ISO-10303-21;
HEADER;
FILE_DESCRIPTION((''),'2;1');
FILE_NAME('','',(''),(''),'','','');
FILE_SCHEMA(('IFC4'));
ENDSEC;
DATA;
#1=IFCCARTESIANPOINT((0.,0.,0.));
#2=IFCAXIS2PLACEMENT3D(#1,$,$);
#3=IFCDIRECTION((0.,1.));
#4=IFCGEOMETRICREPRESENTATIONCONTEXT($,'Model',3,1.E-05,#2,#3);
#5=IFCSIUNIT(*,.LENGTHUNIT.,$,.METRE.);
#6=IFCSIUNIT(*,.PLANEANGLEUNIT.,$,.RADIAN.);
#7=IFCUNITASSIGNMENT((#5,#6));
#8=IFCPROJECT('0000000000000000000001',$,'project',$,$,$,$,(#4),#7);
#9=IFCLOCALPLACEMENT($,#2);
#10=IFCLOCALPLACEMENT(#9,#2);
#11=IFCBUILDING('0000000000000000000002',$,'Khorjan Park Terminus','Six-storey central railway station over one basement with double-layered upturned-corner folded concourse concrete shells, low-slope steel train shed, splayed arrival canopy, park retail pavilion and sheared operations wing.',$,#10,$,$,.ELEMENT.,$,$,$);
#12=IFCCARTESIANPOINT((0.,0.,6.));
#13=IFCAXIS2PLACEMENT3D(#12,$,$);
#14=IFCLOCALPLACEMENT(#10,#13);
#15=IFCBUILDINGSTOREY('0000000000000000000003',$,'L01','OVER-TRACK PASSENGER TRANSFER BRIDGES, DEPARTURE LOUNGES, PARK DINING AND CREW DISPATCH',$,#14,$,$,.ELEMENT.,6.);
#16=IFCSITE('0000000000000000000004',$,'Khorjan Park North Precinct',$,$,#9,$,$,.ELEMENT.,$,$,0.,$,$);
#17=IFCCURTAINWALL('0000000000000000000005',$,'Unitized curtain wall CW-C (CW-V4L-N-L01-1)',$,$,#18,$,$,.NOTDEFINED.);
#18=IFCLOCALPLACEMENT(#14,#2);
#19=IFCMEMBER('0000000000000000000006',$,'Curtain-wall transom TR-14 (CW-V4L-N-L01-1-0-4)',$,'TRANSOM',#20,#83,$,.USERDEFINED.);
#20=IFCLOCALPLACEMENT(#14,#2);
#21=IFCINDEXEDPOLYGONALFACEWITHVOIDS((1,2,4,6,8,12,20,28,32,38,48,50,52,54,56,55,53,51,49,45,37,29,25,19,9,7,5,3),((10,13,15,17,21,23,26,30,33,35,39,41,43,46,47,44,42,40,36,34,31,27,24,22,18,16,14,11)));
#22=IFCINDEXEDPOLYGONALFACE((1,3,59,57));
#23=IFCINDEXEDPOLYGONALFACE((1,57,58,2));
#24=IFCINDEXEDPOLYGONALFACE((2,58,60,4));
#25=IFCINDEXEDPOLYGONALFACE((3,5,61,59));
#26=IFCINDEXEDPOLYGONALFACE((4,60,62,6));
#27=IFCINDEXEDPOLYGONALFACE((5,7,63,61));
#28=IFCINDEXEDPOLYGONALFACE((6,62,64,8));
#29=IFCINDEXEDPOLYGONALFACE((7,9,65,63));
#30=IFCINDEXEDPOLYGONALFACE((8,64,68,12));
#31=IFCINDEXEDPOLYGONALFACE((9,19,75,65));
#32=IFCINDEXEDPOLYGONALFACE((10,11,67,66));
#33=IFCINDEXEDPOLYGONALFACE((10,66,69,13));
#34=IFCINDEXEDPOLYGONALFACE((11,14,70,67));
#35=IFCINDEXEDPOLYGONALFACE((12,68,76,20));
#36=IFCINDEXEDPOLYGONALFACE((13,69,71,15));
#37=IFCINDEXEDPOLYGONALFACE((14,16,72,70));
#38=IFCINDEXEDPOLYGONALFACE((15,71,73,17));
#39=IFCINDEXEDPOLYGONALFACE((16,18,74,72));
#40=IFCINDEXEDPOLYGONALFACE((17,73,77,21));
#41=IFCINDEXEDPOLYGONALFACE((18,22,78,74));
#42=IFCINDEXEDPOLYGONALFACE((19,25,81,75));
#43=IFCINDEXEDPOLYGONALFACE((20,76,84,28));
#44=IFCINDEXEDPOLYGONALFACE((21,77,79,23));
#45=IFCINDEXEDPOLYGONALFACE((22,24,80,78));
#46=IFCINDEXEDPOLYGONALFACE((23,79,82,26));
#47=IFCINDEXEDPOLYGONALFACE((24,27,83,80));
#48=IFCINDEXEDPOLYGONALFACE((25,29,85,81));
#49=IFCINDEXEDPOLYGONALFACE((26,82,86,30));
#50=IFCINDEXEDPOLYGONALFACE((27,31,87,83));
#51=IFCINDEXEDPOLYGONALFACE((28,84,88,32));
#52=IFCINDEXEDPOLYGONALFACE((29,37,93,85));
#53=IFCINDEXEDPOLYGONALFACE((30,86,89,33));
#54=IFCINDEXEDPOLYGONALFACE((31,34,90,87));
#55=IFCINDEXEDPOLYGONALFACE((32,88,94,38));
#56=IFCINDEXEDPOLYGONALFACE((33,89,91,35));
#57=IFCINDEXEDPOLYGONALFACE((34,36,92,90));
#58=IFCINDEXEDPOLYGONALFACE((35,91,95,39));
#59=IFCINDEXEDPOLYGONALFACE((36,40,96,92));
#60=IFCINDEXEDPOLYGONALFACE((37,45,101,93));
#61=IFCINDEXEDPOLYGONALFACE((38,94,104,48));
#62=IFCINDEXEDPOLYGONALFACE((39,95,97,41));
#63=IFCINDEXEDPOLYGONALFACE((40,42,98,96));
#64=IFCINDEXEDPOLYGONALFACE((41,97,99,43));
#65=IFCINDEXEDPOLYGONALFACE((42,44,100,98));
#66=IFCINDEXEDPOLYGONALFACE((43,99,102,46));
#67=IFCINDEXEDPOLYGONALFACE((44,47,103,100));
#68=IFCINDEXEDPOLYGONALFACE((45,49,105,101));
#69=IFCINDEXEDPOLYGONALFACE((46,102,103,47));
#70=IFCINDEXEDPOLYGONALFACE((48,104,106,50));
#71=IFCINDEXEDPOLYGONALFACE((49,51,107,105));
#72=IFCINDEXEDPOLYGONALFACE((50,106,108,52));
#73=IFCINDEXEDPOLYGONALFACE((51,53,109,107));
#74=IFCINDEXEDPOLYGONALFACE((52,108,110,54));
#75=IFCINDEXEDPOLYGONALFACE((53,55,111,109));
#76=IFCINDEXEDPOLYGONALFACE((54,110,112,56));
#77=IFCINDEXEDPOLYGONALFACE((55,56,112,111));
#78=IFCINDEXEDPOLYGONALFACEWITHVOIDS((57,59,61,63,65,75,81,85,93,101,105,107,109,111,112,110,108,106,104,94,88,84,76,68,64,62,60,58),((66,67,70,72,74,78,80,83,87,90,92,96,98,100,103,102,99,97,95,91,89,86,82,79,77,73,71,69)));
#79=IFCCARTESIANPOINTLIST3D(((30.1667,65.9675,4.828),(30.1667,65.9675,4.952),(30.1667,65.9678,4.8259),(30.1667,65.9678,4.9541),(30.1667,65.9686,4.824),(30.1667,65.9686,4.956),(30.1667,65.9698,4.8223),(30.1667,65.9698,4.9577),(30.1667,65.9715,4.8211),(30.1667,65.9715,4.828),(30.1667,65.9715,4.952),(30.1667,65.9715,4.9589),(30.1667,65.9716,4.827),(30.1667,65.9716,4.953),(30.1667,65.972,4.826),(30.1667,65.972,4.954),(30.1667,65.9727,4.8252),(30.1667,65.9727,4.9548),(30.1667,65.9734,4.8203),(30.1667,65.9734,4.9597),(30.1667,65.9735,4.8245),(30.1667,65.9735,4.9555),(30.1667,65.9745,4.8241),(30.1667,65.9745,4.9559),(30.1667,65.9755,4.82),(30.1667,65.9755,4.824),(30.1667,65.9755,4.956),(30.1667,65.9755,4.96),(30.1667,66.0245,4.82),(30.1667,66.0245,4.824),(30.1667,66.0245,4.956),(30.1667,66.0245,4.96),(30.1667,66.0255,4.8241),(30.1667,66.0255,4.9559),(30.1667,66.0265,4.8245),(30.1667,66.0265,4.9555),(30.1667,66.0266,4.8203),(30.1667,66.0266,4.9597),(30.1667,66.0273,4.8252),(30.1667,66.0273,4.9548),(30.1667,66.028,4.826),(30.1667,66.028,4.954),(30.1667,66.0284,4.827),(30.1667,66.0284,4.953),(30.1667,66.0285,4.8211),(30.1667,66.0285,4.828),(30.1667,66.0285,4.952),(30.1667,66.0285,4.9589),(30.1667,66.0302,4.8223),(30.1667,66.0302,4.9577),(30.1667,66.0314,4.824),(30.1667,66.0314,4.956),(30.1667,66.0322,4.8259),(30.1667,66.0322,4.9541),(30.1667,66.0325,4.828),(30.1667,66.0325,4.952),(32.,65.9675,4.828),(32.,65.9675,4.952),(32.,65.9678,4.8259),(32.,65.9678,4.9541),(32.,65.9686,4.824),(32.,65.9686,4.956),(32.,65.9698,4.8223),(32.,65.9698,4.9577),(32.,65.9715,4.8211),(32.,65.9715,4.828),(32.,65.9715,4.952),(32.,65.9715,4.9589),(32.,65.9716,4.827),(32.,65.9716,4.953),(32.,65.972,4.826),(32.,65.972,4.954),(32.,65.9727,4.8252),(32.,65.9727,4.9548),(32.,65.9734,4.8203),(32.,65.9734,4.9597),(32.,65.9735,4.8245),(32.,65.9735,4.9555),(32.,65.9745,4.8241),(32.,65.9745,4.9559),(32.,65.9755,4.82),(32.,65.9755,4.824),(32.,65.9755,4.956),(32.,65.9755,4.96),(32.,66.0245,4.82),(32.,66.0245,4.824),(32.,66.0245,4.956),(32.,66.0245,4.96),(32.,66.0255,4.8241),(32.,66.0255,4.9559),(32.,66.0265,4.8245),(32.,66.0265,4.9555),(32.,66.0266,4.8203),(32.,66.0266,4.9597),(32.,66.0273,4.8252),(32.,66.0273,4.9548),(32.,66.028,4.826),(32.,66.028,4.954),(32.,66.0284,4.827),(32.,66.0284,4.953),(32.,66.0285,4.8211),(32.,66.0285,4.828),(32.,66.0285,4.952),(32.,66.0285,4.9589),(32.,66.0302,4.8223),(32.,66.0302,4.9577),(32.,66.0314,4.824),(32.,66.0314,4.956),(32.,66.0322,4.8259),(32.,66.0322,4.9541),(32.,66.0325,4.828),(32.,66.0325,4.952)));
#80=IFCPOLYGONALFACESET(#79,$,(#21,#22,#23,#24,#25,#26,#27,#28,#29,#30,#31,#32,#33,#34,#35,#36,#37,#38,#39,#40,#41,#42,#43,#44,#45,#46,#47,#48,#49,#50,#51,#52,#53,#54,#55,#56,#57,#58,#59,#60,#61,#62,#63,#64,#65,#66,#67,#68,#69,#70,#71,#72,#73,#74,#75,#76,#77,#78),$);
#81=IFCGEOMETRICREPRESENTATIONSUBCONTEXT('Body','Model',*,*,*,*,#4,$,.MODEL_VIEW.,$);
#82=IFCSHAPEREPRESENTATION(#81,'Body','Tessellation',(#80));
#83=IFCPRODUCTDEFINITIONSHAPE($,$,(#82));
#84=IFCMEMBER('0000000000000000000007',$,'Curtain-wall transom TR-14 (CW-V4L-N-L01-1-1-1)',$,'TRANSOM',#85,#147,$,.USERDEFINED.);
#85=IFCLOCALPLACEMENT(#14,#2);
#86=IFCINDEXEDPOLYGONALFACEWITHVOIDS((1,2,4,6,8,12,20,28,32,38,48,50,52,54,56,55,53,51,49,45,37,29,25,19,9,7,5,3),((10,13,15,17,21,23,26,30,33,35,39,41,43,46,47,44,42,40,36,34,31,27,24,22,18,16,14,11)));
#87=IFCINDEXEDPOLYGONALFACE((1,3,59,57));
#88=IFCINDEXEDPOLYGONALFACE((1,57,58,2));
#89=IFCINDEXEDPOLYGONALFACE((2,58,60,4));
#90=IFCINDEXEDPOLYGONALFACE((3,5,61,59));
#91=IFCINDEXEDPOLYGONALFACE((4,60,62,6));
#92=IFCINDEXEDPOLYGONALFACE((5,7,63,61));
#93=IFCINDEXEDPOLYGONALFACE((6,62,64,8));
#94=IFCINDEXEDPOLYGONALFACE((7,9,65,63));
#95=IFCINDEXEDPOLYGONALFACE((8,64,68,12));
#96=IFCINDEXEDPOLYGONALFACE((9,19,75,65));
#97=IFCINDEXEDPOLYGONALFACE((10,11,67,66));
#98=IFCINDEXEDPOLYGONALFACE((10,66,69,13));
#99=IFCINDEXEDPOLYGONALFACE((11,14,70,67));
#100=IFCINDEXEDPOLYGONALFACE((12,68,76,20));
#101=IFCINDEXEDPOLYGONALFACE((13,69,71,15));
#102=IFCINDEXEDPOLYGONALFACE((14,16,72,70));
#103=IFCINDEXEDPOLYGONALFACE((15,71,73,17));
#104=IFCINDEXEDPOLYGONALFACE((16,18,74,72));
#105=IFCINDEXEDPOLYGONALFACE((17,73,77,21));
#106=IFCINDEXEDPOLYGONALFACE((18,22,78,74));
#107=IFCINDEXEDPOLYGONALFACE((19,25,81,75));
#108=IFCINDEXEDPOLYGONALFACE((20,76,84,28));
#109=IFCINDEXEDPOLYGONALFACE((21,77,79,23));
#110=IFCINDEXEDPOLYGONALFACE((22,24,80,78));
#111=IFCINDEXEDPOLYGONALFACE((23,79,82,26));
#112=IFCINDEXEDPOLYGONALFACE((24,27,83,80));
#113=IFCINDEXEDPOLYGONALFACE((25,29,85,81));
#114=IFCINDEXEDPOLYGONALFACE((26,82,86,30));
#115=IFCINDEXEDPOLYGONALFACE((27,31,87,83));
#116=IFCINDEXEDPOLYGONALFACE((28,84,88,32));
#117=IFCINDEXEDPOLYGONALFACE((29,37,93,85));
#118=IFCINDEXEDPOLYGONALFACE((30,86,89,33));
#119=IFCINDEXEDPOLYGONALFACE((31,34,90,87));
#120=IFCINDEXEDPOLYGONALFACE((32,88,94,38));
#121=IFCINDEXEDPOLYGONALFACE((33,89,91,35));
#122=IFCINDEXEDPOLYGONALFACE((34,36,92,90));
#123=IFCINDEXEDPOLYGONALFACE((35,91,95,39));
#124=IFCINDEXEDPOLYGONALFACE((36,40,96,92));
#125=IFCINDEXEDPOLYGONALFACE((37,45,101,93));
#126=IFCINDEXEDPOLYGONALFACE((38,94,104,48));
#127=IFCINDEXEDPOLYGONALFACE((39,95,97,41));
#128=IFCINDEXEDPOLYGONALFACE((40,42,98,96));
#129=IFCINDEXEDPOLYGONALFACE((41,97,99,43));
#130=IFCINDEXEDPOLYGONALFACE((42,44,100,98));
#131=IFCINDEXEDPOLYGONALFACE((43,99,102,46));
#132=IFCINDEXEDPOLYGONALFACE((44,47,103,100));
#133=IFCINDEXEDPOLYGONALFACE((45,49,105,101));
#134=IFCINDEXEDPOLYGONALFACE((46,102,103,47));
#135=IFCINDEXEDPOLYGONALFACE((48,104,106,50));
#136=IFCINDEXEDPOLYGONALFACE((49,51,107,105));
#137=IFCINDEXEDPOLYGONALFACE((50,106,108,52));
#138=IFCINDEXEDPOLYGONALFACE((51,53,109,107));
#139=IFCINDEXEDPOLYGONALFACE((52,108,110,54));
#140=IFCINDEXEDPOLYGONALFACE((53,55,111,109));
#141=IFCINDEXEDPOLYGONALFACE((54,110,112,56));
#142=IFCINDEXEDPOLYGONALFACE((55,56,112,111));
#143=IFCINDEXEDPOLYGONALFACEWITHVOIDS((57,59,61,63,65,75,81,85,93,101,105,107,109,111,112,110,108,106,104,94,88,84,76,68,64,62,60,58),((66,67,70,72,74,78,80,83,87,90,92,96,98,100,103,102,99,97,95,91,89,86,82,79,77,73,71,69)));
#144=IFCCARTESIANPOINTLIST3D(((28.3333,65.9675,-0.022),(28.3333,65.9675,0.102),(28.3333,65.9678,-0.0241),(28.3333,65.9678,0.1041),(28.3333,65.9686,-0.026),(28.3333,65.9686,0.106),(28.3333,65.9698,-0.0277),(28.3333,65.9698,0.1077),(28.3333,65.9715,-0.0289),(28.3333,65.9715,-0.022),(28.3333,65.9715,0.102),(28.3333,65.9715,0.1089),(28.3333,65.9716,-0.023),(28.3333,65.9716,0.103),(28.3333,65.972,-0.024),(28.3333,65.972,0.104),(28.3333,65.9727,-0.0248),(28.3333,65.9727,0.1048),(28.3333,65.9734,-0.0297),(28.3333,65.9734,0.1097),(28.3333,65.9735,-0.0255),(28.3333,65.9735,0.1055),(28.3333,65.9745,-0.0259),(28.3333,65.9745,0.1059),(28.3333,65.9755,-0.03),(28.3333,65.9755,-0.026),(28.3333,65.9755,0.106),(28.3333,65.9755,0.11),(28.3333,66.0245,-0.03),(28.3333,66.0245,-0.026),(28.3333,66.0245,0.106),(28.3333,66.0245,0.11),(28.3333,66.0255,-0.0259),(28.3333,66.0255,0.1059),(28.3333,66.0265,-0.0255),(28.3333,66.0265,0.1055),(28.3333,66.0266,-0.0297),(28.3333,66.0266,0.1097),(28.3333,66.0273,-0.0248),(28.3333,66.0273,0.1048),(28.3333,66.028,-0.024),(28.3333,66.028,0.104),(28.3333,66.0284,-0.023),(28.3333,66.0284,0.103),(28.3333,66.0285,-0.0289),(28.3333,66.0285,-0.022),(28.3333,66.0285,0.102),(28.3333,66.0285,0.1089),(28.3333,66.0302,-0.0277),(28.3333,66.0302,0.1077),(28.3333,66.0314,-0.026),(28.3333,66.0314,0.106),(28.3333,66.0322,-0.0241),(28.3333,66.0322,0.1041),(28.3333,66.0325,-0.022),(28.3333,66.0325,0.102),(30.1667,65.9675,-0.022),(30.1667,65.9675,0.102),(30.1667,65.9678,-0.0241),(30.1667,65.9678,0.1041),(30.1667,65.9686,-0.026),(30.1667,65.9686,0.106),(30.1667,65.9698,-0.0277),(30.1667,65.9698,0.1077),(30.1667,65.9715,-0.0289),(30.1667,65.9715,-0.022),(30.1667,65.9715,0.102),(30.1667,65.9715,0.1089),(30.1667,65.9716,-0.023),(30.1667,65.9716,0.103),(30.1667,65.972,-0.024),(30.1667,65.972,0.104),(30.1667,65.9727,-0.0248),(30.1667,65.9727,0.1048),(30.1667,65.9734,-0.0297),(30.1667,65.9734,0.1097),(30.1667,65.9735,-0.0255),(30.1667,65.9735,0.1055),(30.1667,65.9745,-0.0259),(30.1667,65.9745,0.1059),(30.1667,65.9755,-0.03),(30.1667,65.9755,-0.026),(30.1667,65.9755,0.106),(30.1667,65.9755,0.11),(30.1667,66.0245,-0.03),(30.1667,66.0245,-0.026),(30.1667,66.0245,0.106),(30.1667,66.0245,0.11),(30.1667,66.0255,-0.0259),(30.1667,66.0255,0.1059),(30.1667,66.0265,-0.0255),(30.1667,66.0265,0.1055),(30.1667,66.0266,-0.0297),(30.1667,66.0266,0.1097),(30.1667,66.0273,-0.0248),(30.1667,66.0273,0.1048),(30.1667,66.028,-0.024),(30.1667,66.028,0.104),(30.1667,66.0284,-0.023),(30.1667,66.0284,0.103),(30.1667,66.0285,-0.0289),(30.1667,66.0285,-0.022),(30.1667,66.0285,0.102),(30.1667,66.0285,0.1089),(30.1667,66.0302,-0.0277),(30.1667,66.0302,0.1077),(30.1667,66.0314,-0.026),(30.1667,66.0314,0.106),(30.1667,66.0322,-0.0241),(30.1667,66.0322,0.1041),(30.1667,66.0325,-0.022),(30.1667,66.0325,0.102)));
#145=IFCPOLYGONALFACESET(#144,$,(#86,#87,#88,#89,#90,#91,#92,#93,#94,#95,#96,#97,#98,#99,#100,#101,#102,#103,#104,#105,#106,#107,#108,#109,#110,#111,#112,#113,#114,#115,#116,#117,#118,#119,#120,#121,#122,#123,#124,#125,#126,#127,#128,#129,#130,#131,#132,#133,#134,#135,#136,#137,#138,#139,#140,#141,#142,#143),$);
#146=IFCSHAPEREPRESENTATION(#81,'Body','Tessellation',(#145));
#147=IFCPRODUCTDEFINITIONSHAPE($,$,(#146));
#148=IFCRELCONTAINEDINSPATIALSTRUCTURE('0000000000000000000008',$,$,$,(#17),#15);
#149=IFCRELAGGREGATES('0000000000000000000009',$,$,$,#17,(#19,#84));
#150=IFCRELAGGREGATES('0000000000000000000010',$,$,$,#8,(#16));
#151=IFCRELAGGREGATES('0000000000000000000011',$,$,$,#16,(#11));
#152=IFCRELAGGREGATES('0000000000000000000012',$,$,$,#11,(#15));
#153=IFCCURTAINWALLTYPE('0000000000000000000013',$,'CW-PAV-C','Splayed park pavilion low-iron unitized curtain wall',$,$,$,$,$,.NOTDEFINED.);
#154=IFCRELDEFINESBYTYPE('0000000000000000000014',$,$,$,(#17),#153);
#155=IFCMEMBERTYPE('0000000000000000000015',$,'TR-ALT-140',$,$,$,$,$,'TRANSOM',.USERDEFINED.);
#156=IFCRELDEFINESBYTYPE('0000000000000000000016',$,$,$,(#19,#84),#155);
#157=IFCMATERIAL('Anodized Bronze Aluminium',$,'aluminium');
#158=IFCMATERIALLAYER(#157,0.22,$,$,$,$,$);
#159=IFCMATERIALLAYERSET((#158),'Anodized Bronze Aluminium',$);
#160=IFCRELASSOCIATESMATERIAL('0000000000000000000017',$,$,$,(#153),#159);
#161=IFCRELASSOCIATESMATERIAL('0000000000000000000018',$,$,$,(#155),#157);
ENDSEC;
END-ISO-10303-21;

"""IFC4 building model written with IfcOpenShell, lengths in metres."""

from ifc_helpers import new_model, si_unit, direction, frame, origin, origin_2d, place, context, subcontext, project, spatial, hollow_rectangle, extrude, material, layer, layer_set, material_profile, profile_set, type_object, element, aggregate, save


model = new_model("IFC4")

# Units and contexts
model_context = context("Model", 3, precision=1e-05, world=origin(), true_north=direction((0.0, 1.0)))
body_context = subcontext(model_context, "Body", "Model", "MODEL_VIEW")
ifc_project = project(units=[si_unit("LENGTHUNIT", "METRE"), si_unit("PLANEANGLEUNIT", "RADIAN")], contexts=[model_context])

# Site, building, storey
site_placement = place(None, origin())
site = spatial("IfcSite", under=ifc_project, at=site_placement, Name="Khorjan Park North Precinct", CompositionType="ELEMENT", RefElevation=0.0)
building_placement = place(site_placement, origin())
building = spatial("IfcBuilding", under=site, at=building_placement, Name="Khorjan Park Terminus", Description="Six-storey central railway station over one basement with double-layered upturned-corner folded concourse concrete shells, low-slope steel train shed, splayed arrival canopy, park retail pavilion and sheared operations wing.", CompositionType="ELEMENT")
storey_placement = place(building_placement, frame((0.0, 0.0, 6.0)))
storey = spatial("IfcBuildingStorey", under=building, at=storey_placement, Name="L01", Description="OVER-TRACK PASSENGER TRANSFER BRIDGES, DEPARTURE LOUNGES, PARK DINING AND CREW DISPATCH", CompositionType="ELEMENT", Elevation=6.0)

# Curtain wall, members
ifc_material_1 = material(Name="Anodized Bronze Aluminium", Category="aluminium")
ifc_layer_1 = layer(ifc_material_1, 0.22)
ifc_layer_set_1 = layer_set([ifc_layer_1], Name="Anodized Bronze Aluminium")
curtain_wall_type = type_object("IfcCurtainWallType", Name="CW-PAV-C", Description="Splayed park pavilion low-iron unitized curtain wall", PredefinedType="NOTDEFINED", material=ifc_layer_set_1)
curtain_wall_1_placement = place(storey_placement, origin())
curtain_wall_1 = element("IfcCurtainWall", 1, at=curtain_wall_1_placement, inside=storey, type_object=curtain_wall_type, Name="Unitized curtain wall CW-C (CW-V4L-N-L01-1)", PredefinedType="NOTDEFINED")
ifc_material_profile_1 = material_profile(ifc_material_1, hollow_rectangle(XDim=0.065, YDim=0.14, WallThickness=0.004, InnerFilletRadius=0.004, OuterFilletRadius=0.008, at=origin_2d()), Name="ALT 65x140x4")
ifc_profile_set_1 = profile_set([ifc_material_profile_1], Name="Anodized Bronze Aluminium")
member_type_1 = type_object("IfcMemberType", Name="TR-ALT-140", ElementType="TRANSOM", PredefinedType="USERDEFINED", material=ifc_profile_set_1)
member_1_placement = place(storey_placement, frame((32.0, 66.0, 4.89), z_axis=(-1.0, 0.0, 0.0), x_axis=(0.0, -1.0, 0.0)))
member_1 = element("IfcMember", 2, at=member_1_placement, type_object=member_type_1, Name="Curtain-wall transom TR-14 (CW-V4L-N-L01-1-0-4)", ObjectType="TRANSOM", PredefinedType="USERDEFINED", context=body_context, shape_type="SweptSolid", body=[
    extrude(hollow_rectangle(XDim=0.065, YDim=0.14, WallThickness=0.004, InnerFilletRadius=0.004, OuterFilletRadius=0.008, at=origin_2d()), origin(), (0.0, 0.0, 1.0), 1.8333),
])
member_2_placement = place(storey_placement, frame((30.1667, 66.0, 0.04), z_axis=(-1.0, 0.0, 0.0), x_axis=(0.0, -1.0, 0.0)))
member_2 = element("IfcMember", 3, at=member_2_placement, type_object=member_type_1, Name="Curtain-wall transom TR-14 (CW-V4L-N-L01-1-1-1)", ObjectType="TRANSOM", PredefinedType="USERDEFINED", context=body_context, shape_type="SweptSolid", body=[
    extrude(hollow_rectangle(XDim=0.065, YDim=0.14, WallThickness=0.004, InnerFilletRadius=0.004, OuterFilletRadius=0.008, at=origin_2d()), origin(), (0.0, 0.0, 1.0), 1.8334),
])

aggregate(curtain_wall_1, [member_1, member_2])

save(model, "model.ifc")
